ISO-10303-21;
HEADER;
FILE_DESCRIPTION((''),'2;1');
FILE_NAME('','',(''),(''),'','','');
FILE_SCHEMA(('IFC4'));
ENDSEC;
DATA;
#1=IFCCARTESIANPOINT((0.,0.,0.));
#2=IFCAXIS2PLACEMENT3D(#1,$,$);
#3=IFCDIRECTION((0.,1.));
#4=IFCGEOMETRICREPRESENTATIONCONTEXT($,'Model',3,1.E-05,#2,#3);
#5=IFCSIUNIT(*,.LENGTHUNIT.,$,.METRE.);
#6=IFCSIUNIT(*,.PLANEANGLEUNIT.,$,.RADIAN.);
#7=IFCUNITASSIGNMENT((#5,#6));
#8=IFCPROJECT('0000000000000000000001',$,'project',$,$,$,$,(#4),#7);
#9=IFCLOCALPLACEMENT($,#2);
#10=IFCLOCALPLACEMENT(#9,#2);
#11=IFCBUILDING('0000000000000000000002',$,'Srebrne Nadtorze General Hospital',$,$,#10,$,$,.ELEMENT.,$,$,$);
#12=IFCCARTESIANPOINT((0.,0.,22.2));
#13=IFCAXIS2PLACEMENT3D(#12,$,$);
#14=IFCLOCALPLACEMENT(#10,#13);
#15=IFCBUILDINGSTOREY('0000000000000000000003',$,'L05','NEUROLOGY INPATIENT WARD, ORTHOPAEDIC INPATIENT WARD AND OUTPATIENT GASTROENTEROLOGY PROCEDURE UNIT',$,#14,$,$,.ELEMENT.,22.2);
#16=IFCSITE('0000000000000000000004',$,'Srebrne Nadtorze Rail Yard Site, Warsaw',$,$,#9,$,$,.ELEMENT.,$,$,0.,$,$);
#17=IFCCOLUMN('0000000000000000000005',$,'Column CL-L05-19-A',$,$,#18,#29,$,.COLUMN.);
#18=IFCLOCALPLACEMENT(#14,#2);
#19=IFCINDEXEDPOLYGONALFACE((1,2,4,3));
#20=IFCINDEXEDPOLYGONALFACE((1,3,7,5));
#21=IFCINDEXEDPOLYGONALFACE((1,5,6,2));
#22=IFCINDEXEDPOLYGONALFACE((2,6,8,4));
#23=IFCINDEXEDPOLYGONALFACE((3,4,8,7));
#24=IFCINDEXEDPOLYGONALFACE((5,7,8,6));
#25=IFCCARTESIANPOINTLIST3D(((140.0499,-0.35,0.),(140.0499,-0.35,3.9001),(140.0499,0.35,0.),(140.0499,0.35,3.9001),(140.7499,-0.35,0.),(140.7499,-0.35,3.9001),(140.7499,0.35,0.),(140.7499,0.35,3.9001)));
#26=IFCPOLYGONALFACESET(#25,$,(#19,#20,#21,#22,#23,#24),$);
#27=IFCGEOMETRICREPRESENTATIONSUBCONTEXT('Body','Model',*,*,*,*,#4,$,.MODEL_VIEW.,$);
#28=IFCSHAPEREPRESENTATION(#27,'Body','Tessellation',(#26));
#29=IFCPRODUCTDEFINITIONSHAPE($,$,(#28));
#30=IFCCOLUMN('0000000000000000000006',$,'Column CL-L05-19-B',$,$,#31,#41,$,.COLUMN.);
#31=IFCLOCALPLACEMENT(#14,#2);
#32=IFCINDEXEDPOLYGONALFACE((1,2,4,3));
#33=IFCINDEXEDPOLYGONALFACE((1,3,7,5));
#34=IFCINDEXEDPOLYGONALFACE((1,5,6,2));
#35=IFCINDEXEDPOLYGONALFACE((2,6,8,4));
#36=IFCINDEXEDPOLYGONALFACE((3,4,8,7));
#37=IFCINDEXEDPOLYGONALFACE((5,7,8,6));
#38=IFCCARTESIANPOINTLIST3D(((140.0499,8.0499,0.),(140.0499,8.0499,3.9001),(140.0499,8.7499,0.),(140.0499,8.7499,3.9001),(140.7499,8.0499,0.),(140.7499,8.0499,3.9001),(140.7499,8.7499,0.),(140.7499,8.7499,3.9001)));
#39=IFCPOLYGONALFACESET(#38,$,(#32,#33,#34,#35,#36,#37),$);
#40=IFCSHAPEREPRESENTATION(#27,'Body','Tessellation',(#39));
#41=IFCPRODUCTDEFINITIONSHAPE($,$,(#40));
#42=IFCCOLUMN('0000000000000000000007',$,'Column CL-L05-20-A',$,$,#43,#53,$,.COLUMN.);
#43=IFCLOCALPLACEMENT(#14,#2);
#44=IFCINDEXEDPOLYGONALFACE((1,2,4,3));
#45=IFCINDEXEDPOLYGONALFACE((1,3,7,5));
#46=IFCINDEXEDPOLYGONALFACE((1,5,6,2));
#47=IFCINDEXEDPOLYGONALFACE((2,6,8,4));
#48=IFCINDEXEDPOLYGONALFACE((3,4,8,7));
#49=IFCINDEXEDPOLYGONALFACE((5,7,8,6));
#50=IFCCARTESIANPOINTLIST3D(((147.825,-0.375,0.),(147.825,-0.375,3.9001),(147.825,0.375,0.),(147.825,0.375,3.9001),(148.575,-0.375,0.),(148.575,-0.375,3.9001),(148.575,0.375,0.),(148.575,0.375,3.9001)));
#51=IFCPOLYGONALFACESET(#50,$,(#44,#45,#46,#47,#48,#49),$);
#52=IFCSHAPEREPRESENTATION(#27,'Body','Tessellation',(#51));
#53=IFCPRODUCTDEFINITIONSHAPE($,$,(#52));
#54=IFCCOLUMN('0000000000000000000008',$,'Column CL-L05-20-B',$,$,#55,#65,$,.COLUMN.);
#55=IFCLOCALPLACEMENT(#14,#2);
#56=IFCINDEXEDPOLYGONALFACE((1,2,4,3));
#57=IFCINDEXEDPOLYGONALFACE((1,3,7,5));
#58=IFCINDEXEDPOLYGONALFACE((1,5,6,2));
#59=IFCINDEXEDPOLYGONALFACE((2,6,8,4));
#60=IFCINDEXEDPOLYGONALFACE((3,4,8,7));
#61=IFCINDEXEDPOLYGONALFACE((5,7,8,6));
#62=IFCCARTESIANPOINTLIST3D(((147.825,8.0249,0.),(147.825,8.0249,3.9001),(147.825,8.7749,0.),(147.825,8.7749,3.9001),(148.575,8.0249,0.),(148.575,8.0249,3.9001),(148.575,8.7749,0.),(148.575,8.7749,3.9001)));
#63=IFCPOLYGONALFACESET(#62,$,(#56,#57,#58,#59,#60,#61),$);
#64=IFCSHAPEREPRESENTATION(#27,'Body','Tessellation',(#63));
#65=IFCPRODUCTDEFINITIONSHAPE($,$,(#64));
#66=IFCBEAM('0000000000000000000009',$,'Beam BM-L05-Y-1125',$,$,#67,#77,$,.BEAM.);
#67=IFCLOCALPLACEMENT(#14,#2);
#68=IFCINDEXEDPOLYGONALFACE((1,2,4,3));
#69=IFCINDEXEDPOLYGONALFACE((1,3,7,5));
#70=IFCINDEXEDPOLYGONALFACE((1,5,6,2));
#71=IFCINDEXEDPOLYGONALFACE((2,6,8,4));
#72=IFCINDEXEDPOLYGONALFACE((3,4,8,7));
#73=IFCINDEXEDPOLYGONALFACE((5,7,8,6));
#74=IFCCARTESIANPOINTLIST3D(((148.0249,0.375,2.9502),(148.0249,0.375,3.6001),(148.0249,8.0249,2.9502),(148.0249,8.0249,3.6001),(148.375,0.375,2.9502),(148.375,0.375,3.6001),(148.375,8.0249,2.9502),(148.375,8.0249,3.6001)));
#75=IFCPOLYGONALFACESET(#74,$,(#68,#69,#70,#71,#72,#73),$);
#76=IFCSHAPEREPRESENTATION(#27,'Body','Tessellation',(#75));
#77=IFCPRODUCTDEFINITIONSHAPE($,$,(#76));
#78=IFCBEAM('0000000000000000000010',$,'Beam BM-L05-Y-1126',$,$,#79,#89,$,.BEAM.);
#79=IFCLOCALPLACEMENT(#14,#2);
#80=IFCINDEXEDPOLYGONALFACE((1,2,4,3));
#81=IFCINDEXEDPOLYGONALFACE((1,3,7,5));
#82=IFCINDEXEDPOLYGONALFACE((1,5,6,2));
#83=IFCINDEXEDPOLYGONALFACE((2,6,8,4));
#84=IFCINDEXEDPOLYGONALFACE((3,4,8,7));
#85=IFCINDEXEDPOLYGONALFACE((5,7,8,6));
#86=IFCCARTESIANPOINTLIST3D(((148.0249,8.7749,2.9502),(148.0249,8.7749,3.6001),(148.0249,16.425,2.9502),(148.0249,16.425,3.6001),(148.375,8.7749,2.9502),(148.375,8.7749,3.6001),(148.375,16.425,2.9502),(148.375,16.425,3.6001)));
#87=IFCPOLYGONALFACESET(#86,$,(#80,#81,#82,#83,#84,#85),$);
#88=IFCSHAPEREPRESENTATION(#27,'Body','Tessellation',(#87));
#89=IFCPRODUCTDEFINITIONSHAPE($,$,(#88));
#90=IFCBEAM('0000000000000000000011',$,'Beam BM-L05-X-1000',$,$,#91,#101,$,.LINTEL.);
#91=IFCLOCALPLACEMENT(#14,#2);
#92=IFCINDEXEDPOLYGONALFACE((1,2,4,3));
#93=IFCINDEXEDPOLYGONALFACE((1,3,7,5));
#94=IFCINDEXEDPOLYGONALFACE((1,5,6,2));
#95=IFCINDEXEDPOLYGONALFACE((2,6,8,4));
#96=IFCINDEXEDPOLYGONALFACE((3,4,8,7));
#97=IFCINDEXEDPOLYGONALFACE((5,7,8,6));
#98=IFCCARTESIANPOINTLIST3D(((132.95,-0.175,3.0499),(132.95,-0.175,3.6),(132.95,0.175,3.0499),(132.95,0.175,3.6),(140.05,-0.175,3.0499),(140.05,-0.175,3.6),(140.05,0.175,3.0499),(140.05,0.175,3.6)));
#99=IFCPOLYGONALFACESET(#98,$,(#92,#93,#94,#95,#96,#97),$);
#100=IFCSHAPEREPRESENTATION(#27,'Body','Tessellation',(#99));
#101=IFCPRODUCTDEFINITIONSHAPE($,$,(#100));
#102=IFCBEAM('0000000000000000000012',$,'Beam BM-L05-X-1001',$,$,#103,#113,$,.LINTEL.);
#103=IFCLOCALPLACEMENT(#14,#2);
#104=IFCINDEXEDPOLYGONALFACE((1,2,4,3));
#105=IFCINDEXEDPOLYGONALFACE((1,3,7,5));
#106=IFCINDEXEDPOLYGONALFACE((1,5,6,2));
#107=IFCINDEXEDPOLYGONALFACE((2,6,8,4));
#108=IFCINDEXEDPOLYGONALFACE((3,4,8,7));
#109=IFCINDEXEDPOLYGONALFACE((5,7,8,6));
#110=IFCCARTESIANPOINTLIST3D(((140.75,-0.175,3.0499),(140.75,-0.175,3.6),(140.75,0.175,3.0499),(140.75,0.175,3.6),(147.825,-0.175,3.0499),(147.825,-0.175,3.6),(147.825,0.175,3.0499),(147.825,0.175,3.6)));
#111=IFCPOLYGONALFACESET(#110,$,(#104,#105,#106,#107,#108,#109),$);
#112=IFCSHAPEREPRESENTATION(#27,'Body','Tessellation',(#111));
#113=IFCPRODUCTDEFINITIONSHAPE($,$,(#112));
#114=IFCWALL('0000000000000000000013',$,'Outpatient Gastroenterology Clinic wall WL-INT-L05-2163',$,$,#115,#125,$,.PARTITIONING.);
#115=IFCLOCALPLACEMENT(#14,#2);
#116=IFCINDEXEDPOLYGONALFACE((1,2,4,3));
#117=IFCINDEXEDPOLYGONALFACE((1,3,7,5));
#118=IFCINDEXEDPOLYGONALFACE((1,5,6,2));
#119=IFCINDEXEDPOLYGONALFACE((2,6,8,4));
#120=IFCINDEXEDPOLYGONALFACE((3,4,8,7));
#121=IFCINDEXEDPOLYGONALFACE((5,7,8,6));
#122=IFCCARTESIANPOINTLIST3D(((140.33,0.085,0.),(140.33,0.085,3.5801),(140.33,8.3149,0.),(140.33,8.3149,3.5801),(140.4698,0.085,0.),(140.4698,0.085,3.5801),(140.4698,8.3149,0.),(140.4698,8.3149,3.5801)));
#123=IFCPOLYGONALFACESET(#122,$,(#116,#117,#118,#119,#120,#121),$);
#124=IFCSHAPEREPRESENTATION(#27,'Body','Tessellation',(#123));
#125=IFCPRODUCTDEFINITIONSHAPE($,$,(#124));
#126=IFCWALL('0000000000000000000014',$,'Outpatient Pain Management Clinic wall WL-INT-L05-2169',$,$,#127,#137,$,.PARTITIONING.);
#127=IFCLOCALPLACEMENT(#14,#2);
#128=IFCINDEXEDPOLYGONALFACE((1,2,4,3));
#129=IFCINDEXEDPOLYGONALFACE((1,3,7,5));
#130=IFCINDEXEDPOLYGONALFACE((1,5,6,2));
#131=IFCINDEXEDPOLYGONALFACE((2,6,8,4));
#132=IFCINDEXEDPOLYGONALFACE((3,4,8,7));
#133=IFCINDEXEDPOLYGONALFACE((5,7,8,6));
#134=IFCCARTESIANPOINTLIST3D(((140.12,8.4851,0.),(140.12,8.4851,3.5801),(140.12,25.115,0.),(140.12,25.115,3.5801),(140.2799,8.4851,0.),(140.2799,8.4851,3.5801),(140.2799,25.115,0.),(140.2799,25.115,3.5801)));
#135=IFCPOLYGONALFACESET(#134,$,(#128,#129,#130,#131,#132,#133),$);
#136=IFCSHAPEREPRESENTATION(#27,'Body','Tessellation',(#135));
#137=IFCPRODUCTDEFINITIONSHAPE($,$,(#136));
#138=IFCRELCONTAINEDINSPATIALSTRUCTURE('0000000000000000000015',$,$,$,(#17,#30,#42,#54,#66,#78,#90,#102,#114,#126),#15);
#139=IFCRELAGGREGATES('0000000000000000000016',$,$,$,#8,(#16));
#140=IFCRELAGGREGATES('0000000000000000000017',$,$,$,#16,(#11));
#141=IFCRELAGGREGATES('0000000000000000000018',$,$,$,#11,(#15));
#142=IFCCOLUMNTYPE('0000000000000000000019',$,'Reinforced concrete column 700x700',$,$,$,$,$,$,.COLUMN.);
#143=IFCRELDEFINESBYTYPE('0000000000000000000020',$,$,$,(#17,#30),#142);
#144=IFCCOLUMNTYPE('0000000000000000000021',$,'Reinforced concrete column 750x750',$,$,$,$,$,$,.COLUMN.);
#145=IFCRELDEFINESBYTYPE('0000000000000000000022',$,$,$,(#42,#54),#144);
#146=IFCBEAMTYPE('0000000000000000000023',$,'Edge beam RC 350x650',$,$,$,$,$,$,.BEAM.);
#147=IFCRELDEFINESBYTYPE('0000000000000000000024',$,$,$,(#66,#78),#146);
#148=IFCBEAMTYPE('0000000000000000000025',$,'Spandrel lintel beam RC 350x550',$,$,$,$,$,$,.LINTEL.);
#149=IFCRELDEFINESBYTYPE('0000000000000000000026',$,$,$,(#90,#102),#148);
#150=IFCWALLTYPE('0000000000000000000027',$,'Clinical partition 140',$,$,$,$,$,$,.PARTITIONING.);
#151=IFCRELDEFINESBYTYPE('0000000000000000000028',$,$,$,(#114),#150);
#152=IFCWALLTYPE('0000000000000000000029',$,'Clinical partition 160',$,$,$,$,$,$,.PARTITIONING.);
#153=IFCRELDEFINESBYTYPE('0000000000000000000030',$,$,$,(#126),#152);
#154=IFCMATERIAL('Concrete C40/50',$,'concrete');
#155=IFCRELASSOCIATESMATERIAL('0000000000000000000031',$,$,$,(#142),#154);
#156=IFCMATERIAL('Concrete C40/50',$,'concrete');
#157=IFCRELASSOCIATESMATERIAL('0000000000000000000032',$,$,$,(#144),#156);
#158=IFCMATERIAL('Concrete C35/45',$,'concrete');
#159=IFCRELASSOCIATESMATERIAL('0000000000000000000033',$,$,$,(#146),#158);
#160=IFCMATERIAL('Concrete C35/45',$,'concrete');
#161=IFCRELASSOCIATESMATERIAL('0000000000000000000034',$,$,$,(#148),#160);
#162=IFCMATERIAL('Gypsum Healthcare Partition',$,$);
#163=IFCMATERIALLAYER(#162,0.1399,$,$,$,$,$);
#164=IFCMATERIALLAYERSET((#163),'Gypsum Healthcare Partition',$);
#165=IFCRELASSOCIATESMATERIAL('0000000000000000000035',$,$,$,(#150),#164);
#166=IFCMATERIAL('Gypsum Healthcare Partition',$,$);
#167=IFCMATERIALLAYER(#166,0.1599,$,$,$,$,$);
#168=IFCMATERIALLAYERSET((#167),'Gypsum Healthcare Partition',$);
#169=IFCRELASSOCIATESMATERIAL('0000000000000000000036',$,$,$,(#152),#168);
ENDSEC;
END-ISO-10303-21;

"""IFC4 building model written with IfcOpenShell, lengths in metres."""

from ifc_helpers import new_model, si_unit, direction, frame, frame_2d, origin, origin_2d, place, context, subcontext, project, spatial, rectangle, extrude, material, layer, layer_set, material_profile, profile_set, type_object, element, save


model = new_model("IFC4")

# Units and contexts
model_context = context("Model", 3, precision=1e-05, world=origin(), true_north=direction((0.0, 1.0)))
body_context = subcontext(model_context, "Body", "Model", "MODEL_VIEW")
ifc_project = project(units=[si_unit("LENGTHUNIT", "METRE"), si_unit("PLANEANGLEUNIT", "RADIAN")], contexts=[model_context])

# Site, building, storey
site_placement = place(None, origin())
site = spatial("IfcSite", under=ifc_project, at=site_placement, Name="Srebrne Nadtorze Rail Yard Site, Warsaw", CompositionType="ELEMENT", RefElevation=0.0)
building_placement = place(site_placement, origin())
building = spatial("IfcBuilding", under=site, at=building_placement, Name="Srebrne Nadtorze General Hospital", CompositionType="ELEMENT")
storey_placement = place(building_placement, frame((0.0, 0.0, 22.2)))
storey = spatial("IfcBuildingStorey", under=building, at=storey_placement, Name="L05", Description="NEUROLOGY INPATIENT WARD, ORTHOPAEDIC INPATIENT WARD AND OUTPATIENT GASTROENTEROLOGY PROCEDURE UNIT", CompositionType="ELEMENT", Elevation=22.2)

# Columns
ifc_material_1 = material(Name="Concrete C40/50", Category="concrete")
ifc_material_profile_1 = material_profile(ifc_material_1, rectangle(XDim=0.7, YDim=0.7, at=origin_2d()), Name="RC-COL-700x700")
ifc_profile_set_1 = profile_set([ifc_material_profile_1], Name="Concrete C40/50")
column_type_1 = type_object("IfcColumnType", Name="Reinforced concrete column 700x700", PredefinedType="COLUMN", material=ifc_profile_set_1)
for number, where, z_axis, x_axis, name in (
    (1, (140.3999, 0.0, 0.0), (0.0, 0.0, 1.0), (1.0, 0.0, 0.0), "Column CL-L05-19-A"),
    (2, (140.3999, 8.3999, 0.0), (0.0, 0.0, 1.0), (1.0, 0.0, 0.0), "Column CL-L05-19-B"),
):
    element("IfcColumn", number, at=place(storey_placement, frame(where, z_axis=z_axis, x_axis=x_axis)), inside=storey, type_object=column_type_1, Name=name, PredefinedType="COLUMN", context=body_context, shape_type="SweptSolid", body=[
        extrude(rectangle(XDim=0.7, YDim=0.7, at=origin_2d()), origin(), (0.0, 0.0, 1.0), 3.9001),
    ])
ifc_material_2 = material(Name="Concrete C40/50", Category="concrete")
ifc_material_profile_2 = material_profile(ifc_material_2, rectangle(XDim=0.75, YDim=0.75, at=origin_2d()), Name="RC-COL-750x750")
ifc_profile_set_2 = profile_set([ifc_material_profile_2], Name="Concrete C40/50")
column_type_2 = type_object("IfcColumnType", Name="Reinforced concrete column 750x750", PredefinedType="COLUMN", material=ifc_profile_set_2)
for number, where, z_axis, x_axis, name in (
    (3, (148.2, 0.0, 0.0), (0.0, 0.0, 1.0), (1.0, 0.0, 0.0), "Column CL-L05-20-A"),
    (4, (148.2, 8.3999, 0.0), (0.0, 0.0, 1.0), (1.0, 0.0, 0.0), "Column CL-L05-20-B"),
):
    element("IfcColumn", number, at=place(storey_placement, frame(where, z_axis=z_axis, x_axis=x_axis)), inside=storey, type_object=column_type_2, Name=name, PredefinedType="COLUMN", context=body_context, shape_type="SweptSolid", body=[
        extrude(rectangle(XDim=0.75, YDim=0.75, at=origin_2d()), origin(), (0.0, 0.0, 1.0), 3.9001),
    ])

# Beams
ifc_material_3 = material(Name="Concrete C35/45", Category="concrete")
ifc_material_profile_3 = material_profile(ifc_material_3, rectangle(XDim=0.3501, YDim=0.6499, at=origin_2d()), Name="RC-BM-350x650")
ifc_profile_set_3 = profile_set([ifc_material_profile_3], Name="Concrete C35/45")
beam_type_1 = type_object("IfcBeamType", Name="Edge beam RC 350x650", PredefinedType="BEAM", material=ifc_profile_set_3)
beam_1_placement = place(storey_placement, frame((148.2, 0.375, 3.2751), z_axis=(0.0, 1.0, 0.0), x_axis=(-1.0, 0.0, 0.0)))
element("IfcBeam", 5, at=beam_1_placement, inside=storey, type_object=beam_type_1, Name="Beam BM-L05-Y-1125", PredefinedType="BEAM", context=body_context, shape_type="SweptSolid", body=[
    extrude(rectangle(XDim=0.3501, YDim=0.6499, at=origin_2d()), origin(), (0.0, 0.0, 1.0), 7.6499),
])
beam_2_placement = place(storey_placement, frame((148.2, 8.7749, 3.2751), z_axis=(0.0, 1.0, 0.0), x_axis=(-1.0, 0.0, 0.0)))
element("IfcBeam", 6, at=beam_2_placement, inside=storey, type_object=beam_type_1, Name="Beam BM-L05-Y-1126", PredefinedType="BEAM", context=body_context, shape_type="SweptSolid", body=[
    extrude(rectangle(XDim=0.3501, YDim=0.6499, at=origin_2d()), origin(), (0.0, 0.0, 1.0), 7.6501),
])
ifc_material_4 = material(Name="Concrete C35/45", Category="concrete")
ifc_material_profile_4 = material_profile(ifc_material_4, rectangle(XDim=0.3501, YDim=0.55, at=origin_2d()), Name="RC-BM-350x550")
ifc_profile_set_4 = profile_set([ifc_material_profile_4], Name="Concrete C35/45")
beam_type_2 = type_object("IfcBeamType", Name="Spandrel lintel beam RC 350x550", PredefinedType="LINTEL", material=ifc_profile_set_4)
beam_3_placement = place(storey_placement, frame((132.95, 0.0, 3.325), z_axis=(1.0, 0.0, 0.0), x_axis=(0.0, 1.0, 0.0)))
element("IfcBeam", 7, at=beam_3_placement, inside=storey, type_object=beam_type_2, Name="Beam BM-L05-X-1000", PredefinedType="LINTEL", context=body_context, shape_type="SweptSolid", body=[
    extrude(rectangle(XDim=0.3501, YDim=0.55, at=origin_2d()), origin(), (0.0, 0.0, 1.0), 7.1001),
])
beam_4_placement = place(storey_placement, frame((140.75, 0.0, 3.325), z_axis=(1.0, 0.0, 0.0), x_axis=(0.0, 1.0, 0.0)))
element("IfcBeam", 8, at=beam_4_placement, inside=storey, type_object=beam_type_2, Name="Beam BM-L05-X-1001", PredefinedType="LINTEL", context=body_context, shape_type="SweptSolid", body=[
    extrude(rectangle(XDim=0.3501, YDim=0.55, at=origin_2d()), origin(), (0.0, 0.0, 1.0), 7.075),
])

# Walls
ifc_material_5 = material(Name="Gypsum Healthcare Partition")
ifc_layer_1 = layer(ifc_material_5, 0.1399)
ifc_layer_set_1 = layer_set([ifc_layer_1], Name="Gypsum Healthcare Partition")
wall_type_1 = type_object("IfcWallType", Name="Clinical partition 140", PredefinedType="PARTITIONING", material=ifc_layer_set_1)
wall_1_placement = place(storey_placement, frame((140.3999, 0.085, 0.0), z_axis=(0.0, 0.0, 1.0), x_axis=(0.0, 1.0, 0.0)))
element("IfcWall", 9, at=wall_1_placement, inside=storey, type_object=wall_type_1, Name="Outpatient Gastroenterology Clinic wall WL-INT-L05-2163", PredefinedType="PARTITIONING", context=body_context, shape_type="SweptSolid", body=[
    extrude(rectangle(XDim=8.23, YDim=0.1399, at=frame_2d((4.115, 0.0))), origin(), (0.0, 0.0, 1.0), 3.5801),
])
ifc_material_6 = material(Name="Gypsum Healthcare Partition")
ifc_layer_2 = layer(ifc_material_6, 0.1599)
ifc_layer_set_2 = layer_set([ifc_layer_2], Name="Gypsum Healthcare Partition")
wall_type_2 = type_object("IfcWallType", Name="Clinical partition 160", PredefinedType="PARTITIONING", material=ifc_layer_set_2)
wall_2_placement = place(storey_placement, frame((140.2, 8.4851, 0.0), z_axis=(0.0, 0.0, 1.0), x_axis=(0.0, 1.0, 0.0)))
element("IfcWall", 10, at=wall_2_placement, inside=storey, type_object=wall_type_2, Name="Outpatient Pain Management Clinic wall WL-INT-L05-2169", PredefinedType="PARTITIONING", context=body_context, shape_type="SweptSolid", body=[
    extrude(rectangle(XDim=16.6299, YDim=0.1599, at=frame_2d((8.3149, 0.0))), origin(), (0.0, 0.0, 1.0), 3.5801),
])

save(model, "model.ifc")
